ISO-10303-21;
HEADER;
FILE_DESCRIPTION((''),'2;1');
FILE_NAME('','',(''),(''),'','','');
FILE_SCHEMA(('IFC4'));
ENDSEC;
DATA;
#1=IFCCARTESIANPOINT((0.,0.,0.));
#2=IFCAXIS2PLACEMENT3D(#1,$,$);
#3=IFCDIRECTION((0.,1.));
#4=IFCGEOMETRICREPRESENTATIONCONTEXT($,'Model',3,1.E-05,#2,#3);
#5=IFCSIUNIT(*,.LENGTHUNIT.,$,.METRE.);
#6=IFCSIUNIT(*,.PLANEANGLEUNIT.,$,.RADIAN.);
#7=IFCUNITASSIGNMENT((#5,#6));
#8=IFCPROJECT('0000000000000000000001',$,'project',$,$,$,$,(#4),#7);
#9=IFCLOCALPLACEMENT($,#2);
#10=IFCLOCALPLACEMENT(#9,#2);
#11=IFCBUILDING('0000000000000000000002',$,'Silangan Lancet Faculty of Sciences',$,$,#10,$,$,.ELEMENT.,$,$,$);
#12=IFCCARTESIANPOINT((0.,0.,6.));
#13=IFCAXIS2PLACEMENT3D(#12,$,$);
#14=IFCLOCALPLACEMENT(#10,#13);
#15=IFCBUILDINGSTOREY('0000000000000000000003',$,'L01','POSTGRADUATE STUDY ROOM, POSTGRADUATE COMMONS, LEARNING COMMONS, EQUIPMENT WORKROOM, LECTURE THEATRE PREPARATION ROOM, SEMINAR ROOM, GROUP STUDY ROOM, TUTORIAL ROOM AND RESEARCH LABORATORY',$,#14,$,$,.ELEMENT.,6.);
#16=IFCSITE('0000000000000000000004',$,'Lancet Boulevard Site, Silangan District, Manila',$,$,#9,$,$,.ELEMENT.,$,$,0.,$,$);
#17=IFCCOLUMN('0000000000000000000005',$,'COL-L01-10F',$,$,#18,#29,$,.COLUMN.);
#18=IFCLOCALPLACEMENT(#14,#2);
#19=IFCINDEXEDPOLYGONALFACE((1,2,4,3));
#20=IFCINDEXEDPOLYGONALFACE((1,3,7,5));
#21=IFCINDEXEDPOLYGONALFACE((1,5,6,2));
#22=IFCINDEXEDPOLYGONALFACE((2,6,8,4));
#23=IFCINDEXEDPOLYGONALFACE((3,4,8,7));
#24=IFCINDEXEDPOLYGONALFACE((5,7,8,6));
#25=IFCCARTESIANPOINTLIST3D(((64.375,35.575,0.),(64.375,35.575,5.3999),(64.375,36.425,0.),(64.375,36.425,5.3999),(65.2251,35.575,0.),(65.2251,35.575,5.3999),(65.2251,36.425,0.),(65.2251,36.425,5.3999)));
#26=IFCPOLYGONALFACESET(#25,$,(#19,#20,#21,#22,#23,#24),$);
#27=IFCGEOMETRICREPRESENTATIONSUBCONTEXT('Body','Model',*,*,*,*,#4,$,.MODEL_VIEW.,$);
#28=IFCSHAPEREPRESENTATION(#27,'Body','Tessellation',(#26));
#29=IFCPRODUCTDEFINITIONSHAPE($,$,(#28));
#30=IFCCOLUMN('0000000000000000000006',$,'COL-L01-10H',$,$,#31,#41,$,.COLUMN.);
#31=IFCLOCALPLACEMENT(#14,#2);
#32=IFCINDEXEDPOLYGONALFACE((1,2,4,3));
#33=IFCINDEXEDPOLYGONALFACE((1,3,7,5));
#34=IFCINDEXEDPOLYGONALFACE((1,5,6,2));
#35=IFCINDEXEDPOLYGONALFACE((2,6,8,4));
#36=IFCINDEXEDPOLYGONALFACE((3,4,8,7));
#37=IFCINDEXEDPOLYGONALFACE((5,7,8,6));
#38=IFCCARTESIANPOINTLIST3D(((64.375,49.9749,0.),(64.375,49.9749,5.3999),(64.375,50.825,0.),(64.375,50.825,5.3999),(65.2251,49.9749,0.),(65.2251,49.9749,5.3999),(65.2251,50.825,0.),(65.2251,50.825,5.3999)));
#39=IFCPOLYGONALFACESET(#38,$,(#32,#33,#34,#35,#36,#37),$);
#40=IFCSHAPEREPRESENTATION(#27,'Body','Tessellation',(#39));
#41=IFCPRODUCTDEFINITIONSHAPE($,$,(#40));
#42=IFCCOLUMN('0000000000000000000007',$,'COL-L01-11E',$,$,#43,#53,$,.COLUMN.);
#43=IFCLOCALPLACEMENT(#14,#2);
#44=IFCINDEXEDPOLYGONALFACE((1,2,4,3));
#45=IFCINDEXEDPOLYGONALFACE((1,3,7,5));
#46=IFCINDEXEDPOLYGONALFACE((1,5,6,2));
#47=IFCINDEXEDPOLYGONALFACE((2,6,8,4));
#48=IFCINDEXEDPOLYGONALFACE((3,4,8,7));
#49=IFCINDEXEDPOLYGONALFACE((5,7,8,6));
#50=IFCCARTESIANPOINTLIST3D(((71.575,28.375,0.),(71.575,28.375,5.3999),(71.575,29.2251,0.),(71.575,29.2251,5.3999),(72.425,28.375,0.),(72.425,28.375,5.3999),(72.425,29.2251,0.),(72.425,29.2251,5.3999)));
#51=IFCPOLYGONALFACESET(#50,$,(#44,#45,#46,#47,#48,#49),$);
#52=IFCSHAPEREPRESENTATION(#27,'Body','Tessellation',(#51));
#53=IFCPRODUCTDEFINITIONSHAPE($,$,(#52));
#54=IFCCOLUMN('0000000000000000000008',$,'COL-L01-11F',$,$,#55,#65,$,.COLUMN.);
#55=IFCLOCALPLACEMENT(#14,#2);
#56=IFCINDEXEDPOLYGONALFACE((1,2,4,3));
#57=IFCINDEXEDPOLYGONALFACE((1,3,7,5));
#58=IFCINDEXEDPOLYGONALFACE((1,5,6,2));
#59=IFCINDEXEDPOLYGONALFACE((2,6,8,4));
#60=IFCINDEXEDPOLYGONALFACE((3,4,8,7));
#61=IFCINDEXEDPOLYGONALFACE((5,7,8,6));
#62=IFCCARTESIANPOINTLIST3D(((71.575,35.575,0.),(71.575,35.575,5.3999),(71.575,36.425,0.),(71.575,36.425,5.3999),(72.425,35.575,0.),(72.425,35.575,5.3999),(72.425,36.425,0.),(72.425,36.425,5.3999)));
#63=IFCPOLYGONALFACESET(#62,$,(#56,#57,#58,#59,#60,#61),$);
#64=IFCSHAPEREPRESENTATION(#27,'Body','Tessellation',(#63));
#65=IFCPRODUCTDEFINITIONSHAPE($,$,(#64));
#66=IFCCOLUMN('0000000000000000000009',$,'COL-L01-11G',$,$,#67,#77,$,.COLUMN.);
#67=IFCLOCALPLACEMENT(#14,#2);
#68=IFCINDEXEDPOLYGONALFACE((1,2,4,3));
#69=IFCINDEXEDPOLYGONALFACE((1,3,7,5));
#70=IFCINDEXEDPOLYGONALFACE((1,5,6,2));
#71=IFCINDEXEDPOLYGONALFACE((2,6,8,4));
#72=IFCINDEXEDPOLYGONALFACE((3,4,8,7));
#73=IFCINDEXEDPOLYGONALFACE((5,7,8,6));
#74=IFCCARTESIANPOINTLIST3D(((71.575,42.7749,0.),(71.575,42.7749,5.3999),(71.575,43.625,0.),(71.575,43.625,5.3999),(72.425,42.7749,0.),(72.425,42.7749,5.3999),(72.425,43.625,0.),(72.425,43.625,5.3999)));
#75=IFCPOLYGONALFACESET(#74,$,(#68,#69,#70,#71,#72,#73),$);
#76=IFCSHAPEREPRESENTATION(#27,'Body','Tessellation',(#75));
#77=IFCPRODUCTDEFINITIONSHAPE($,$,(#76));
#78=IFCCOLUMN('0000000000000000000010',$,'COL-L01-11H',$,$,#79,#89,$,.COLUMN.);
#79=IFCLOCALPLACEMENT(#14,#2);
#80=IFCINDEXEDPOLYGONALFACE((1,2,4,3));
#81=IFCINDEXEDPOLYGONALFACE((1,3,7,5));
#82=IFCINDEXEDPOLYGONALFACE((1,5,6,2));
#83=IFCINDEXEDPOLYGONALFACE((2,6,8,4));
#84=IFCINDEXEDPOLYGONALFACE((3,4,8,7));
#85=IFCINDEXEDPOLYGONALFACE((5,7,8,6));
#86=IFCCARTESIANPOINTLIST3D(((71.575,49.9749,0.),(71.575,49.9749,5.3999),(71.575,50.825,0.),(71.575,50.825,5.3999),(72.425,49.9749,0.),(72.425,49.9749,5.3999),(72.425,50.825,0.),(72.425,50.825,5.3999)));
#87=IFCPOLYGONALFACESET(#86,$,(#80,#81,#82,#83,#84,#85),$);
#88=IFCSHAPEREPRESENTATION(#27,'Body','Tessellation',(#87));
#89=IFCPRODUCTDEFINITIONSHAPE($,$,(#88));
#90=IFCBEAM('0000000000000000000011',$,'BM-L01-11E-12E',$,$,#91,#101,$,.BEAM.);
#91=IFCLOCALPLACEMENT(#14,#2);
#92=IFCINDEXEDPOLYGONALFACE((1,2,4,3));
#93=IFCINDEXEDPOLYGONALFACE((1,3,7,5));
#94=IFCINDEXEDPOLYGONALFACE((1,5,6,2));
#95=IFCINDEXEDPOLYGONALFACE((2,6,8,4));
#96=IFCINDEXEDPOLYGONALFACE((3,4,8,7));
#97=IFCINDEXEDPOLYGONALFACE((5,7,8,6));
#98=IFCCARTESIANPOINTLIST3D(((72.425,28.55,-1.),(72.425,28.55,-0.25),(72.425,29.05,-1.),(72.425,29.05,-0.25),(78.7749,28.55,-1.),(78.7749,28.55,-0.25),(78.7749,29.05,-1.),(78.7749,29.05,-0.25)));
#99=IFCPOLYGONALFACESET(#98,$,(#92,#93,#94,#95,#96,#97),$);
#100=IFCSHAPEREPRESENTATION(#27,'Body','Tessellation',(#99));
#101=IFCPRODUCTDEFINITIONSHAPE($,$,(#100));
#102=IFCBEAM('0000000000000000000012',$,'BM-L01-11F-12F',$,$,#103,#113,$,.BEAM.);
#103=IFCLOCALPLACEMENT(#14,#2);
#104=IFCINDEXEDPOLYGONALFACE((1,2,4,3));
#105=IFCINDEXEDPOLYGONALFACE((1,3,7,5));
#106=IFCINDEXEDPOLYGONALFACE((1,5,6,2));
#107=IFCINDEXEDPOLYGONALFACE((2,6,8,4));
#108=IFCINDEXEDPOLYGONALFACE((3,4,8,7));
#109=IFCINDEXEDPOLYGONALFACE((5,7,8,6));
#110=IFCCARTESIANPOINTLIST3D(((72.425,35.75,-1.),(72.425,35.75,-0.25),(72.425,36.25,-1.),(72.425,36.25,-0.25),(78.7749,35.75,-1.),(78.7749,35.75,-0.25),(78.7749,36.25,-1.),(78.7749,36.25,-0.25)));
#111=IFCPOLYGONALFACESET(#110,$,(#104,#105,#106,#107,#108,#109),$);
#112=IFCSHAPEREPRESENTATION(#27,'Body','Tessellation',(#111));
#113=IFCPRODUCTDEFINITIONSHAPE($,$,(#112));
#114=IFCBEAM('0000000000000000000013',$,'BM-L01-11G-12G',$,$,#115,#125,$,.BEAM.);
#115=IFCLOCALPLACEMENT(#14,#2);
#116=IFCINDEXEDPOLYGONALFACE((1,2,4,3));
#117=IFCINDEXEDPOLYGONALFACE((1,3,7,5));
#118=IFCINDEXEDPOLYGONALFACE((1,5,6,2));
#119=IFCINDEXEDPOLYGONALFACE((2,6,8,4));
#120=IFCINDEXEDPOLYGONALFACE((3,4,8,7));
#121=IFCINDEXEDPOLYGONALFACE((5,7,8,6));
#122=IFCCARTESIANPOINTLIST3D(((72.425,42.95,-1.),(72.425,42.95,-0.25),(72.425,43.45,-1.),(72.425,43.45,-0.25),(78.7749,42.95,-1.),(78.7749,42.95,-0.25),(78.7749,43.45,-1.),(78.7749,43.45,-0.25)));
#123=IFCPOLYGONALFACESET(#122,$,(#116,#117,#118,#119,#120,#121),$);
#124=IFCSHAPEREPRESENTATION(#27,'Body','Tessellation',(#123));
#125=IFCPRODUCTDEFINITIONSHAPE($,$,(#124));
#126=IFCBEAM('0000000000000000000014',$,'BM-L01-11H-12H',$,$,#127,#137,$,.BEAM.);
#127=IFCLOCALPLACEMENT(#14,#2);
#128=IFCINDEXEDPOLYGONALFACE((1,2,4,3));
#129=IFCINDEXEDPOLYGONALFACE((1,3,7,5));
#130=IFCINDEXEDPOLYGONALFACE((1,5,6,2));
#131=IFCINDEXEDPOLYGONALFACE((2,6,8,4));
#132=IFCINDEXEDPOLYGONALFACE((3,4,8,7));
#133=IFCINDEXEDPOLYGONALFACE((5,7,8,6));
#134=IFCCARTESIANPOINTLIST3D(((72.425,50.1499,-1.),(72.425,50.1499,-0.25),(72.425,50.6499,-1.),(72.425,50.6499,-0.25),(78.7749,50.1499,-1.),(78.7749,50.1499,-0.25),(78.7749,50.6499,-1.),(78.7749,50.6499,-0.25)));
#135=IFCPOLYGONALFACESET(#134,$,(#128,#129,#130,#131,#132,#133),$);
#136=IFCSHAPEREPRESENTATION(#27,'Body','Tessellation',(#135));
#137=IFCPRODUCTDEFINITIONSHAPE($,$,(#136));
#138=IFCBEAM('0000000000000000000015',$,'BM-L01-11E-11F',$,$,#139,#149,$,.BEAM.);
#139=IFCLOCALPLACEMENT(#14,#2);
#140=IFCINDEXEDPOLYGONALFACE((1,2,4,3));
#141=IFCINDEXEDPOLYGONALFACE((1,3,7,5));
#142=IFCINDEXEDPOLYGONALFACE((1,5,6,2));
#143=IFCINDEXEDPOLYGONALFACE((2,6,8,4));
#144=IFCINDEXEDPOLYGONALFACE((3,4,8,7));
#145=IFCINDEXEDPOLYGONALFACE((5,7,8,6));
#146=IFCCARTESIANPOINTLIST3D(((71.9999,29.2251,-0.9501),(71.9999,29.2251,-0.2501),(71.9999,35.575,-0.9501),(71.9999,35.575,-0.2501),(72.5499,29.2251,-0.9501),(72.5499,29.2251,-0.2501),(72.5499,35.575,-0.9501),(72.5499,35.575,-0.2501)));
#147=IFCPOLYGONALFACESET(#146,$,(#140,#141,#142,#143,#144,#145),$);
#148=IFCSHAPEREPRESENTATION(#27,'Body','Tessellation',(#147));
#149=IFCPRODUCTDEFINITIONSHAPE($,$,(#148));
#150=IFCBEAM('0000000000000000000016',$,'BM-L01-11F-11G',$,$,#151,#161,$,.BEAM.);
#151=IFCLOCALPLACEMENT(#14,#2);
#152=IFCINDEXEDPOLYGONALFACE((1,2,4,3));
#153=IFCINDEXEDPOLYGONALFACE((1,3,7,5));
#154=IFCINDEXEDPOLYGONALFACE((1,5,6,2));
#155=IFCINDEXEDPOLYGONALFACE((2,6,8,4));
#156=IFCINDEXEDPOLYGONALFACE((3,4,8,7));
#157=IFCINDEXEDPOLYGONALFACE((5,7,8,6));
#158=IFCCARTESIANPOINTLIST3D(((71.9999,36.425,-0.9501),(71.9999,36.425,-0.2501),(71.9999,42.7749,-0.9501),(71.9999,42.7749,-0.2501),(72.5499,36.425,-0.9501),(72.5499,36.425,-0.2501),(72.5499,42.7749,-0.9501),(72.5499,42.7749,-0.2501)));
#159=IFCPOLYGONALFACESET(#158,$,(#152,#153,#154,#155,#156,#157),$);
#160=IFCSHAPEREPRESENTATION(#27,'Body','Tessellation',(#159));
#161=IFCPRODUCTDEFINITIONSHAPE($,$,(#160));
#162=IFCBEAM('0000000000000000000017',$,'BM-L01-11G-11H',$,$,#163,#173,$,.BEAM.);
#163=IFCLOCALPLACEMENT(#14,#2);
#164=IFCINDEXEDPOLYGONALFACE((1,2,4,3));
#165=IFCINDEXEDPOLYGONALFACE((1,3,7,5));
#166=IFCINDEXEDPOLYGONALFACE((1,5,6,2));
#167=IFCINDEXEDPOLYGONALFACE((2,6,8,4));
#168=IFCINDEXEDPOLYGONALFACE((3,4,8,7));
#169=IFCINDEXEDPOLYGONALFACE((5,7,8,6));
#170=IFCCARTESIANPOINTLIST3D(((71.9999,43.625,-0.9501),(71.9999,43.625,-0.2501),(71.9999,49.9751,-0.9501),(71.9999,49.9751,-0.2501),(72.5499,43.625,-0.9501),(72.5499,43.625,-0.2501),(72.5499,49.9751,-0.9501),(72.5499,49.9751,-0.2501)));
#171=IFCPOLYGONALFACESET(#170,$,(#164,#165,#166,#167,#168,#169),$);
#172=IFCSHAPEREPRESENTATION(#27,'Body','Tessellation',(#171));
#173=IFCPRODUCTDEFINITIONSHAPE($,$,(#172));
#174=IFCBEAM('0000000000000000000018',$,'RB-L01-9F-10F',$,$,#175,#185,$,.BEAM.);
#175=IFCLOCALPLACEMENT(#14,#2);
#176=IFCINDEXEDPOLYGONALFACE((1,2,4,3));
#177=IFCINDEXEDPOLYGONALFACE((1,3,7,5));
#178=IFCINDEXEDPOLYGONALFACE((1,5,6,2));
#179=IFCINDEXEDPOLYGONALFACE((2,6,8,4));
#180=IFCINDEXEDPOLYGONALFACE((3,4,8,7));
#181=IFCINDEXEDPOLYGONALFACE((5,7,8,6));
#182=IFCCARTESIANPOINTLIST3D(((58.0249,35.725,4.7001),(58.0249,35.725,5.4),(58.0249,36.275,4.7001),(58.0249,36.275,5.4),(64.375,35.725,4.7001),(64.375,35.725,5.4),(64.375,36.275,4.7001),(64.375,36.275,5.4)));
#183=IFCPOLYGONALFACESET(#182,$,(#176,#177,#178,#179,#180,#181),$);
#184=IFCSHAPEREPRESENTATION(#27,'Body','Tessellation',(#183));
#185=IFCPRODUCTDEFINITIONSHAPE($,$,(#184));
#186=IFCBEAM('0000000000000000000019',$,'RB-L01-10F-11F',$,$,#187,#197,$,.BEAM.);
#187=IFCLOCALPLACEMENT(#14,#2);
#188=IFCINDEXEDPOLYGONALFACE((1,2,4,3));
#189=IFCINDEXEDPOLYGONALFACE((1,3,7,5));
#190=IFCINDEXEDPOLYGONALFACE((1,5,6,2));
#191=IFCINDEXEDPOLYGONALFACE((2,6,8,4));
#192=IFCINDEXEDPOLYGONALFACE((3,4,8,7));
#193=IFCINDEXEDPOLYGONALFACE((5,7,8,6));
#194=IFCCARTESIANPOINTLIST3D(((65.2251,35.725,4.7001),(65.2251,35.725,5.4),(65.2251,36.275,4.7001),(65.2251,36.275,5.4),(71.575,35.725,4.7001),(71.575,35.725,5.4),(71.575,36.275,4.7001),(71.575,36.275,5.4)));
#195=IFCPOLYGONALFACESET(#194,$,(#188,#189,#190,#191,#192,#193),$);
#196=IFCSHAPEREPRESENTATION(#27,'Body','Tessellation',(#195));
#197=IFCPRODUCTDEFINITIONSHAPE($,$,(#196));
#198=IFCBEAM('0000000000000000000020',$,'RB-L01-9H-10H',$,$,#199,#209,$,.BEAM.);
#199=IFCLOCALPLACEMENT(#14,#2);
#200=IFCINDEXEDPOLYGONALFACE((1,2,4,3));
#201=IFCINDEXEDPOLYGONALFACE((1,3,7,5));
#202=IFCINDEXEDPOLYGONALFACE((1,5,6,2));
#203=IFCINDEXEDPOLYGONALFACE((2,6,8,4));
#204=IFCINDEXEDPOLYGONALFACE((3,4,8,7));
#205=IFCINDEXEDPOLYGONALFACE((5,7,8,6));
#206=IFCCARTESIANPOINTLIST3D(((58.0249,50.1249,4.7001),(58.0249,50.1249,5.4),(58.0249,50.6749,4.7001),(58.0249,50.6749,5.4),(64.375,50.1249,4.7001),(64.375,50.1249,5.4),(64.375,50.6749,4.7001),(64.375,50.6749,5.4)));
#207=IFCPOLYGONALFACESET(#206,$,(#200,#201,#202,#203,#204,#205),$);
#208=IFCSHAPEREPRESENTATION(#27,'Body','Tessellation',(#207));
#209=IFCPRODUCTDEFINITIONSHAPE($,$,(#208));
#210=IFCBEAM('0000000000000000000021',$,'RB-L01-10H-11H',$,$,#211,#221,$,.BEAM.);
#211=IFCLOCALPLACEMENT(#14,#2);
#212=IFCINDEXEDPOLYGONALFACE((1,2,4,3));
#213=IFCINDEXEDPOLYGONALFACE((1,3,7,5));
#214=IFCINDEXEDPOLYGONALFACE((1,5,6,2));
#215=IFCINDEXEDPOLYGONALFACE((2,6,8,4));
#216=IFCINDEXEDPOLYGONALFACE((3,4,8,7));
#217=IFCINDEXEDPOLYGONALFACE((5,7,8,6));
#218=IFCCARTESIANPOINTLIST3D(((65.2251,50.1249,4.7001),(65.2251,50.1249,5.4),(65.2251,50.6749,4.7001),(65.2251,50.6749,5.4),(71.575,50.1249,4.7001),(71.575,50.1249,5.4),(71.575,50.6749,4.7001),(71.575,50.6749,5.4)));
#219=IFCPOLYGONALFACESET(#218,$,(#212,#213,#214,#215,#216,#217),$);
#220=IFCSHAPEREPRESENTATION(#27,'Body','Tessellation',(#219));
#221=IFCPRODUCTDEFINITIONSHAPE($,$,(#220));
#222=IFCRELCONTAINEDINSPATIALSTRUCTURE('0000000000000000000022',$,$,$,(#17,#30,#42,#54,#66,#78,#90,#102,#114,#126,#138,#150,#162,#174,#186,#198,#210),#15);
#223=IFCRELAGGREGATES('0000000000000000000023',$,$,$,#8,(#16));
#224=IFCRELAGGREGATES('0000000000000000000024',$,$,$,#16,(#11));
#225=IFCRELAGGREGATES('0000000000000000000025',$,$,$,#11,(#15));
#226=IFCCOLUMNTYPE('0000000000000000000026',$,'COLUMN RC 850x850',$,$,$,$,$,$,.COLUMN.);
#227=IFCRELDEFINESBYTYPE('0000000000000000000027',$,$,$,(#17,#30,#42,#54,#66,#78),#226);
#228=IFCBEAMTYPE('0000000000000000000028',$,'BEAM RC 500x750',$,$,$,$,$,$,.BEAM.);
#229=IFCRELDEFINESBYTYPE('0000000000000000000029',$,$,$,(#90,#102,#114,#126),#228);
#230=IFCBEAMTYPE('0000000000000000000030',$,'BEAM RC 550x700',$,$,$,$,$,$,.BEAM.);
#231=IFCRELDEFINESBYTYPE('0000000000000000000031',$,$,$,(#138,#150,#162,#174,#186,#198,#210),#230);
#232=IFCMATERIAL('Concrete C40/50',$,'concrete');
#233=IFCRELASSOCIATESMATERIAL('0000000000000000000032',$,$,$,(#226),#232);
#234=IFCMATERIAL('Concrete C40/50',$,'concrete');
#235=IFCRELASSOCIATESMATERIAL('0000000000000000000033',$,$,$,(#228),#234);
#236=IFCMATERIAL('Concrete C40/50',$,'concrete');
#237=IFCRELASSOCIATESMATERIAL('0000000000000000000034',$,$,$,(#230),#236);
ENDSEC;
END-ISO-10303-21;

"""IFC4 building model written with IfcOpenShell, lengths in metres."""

from ifc_helpers import new_model, si_unit, direction, frame, origin, origin_2d, place, context, subcontext, project, spatial, rectangle, extrude, material, material_profile, profile_set, type_object, element, save


model = new_model("IFC4")

# Units and contexts
model_context = context("Model", 3, precision=1e-05, world=origin(), true_north=direction((0.0, 1.0)))
body_context = subcontext(model_context, "Body", "Model", "MODEL_VIEW")
ifc_project = project(units=[si_unit("LENGTHUNIT", "METRE"), si_unit("PLANEANGLEUNIT", "RADIAN")], contexts=[model_context])

# Site, building, storey
site_placement = place(None, origin())
site = spatial("IfcSite", under=ifc_project, at=site_placement, Name="Lancet Boulevard Site, Silangan District, Manila", CompositionType="ELEMENT", RefElevation=0.0)
building_placement = place(site_placement, origin())
building = spatial("IfcBuilding", under=site, at=building_placement, Name="Silangan Lancet Faculty of Sciences", CompositionType="ELEMENT")
storey_placement = place(building_placement, frame((0.0, 0.0, 6.0)))
storey = spatial("IfcBuildingStorey", under=building, at=storey_placement, Name="L01", Description="POSTGRADUATE STUDY ROOM, POSTGRADUATE COMMONS, LEARNING COMMONS, EQUIPMENT WORKROOM, LECTURE THEATRE PREPARATION ROOM, SEMINAR ROOM, GROUP STUDY ROOM, TUTORIAL ROOM AND RESEARCH LABORATORY", CompositionType="ELEMENT", Elevation=6.0)

# Columns
ifc_material_1 = material(Name="Concrete C40/50", Category="concrete")
ifc_material_profile_1 = material_profile(ifc_material_1, rectangle(XDim=0.8501, YDim=0.8501, at=origin_2d()), Name="RC 850x850")
ifc_profile_set_1 = profile_set([ifc_material_profile_1], Name="Concrete C40/50")
column_type = type_object("IfcColumnType", Name="COLUMN RC 850x850", PredefinedType="COLUMN", material=ifc_profile_set_1)
for number, where, z_axis, x_axis, name in (
    (1, (64.8, 36.0, 0.0), (0.0, 0.0, 1.0), (1.0, 0.0, 0.0), "COL-L01-10F"),
    (2, (64.8, 50.3999, 0.0), (0.0, 0.0, 1.0), (1.0, 0.0, 0.0), "COL-L01-10H"),
    (3, (72.0, 28.8, 0.0), (0.0, 0.0, 1.0), (1.0, 0.0, 0.0), "COL-L01-11E"),
    (4, (72.0, 36.0, 0.0), (0.0, 0.0, 1.0), (1.0, 0.0, 0.0), "COL-L01-11F"),
    (5, (72.0, 43.2, 0.0), (0.0, 0.0, 1.0), (1.0, 0.0, 0.0), "COL-L01-11G"),
    (6, (72.0, 50.3999, 0.0), (0.0, 0.0, 1.0), (1.0, 0.0, 0.0), "COL-L01-11H"),
):
    element("IfcColumn", number, at=place(storey_placement, frame(where, z_axis=z_axis, x_axis=x_axis)), inside=storey, type_object=column_type, Name=name, PredefinedType="COLUMN", context=body_context, shape_type="SweptSolid", body=[
        extrude(rectangle(XDim=0.8501, YDim=0.8501, at=origin_2d()), origin(), (0.0, 0.0, 1.0), 5.3999),
    ])

# Beams
ifc_material_2 = material(Name="Concrete C40/50", Category="concrete")
ifc_material_profile_2 = material_profile(ifc_material_2, rectangle(XDim=0.5, YDim=0.75, at=origin_2d()), Name="RC 500x750")
ifc_profile_set_2 = profile_set([ifc_material_profile_2], Name="Concrete C40/50")
beam_type_1 = type_object("IfcBeamType", Name="BEAM RC 500x750", PredefinedType="BEAM", material=ifc_profile_set_2)
for number, where, z_axis, x_axis, name in (
    (7, (72.425, 28.8, -0.625), (1.0, 0.0, 0.0), (0.0, 1.0, 0.0), "BM-L01-11E-12E"),
    (8, (72.425, 36.0, -0.625), (1.0, 0.0, 0.0), (0.0, 1.0, 0.0), "BM-L01-11F-12F"),
    (9, (72.425, 43.2, -0.625), (1.0, 0.0, 0.0), (0.0, 1.0, 0.0), "BM-L01-11G-12G"),
    (10, (72.425, 50.3999, -0.625), (1.0, 0.0, 0.0), (0.0, 1.0, 0.0), "BM-L01-11H-12H"),
):
    element("IfcBeam", number, at=place(storey_placement, frame(where, z_axis=z_axis, x_axis=x_axis)), inside=storey, type_object=beam_type_1, Name=name, PredefinedType="BEAM", context=body_context, shape_type="SweptSolid", body=[
        extrude(rectangle(XDim=0.5, YDim=0.75, at=origin_2d()), origin(), (0.0, 0.0, 1.0), 6.3499),
    ])
ifc_material_3 = material(Name="Concrete C40/50", Category="concrete")
ifc_material_profile_3 = material_profile(ifc_material_3, rectangle(XDim=0.55, YDim=0.7, at=origin_2d()), Name="RC 550x700")
ifc_profile_set_3 = profile_set([ifc_material_profile_3], Name="Concrete C40/50")
beam_type_2 = type_object("IfcBeamType", Name="BEAM RC 550x700", PredefinedType="BEAM", material=ifc_profile_set_3)
for number, where, z_axis, x_axis, name in (
    (11, (72.2749, 29.2251, -0.6001), (0.0, 1.0, 0.0), (-1.0, 0.0, 0.0), "BM-L01-11E-11F"),
    (12, (72.2749, 36.425, -0.6001), (0.0, 1.0, 0.0), (-1.0, 0.0, 0.0), "BM-L01-11F-11G"),
):
    element("IfcBeam", number, at=place(storey_placement, frame(where, z_axis=z_axis, x_axis=x_axis)), inside=storey, type_object=beam_type_2, Name=name, PredefinedType="BEAM", context=body_context, shape_type="SweptSolid", body=[
        extrude(rectangle(XDim=0.55, YDim=0.7, at=origin_2d()), origin(), (0.0, 0.0, 1.0), 6.3499),
    ])
for number, where, z_axis, x_axis, name in (
    (13, (72.2749, 43.625, -0.6001), (0.0, 1.0, 0.0), (-1.0, 0.0, 0.0), "BM-L01-11G-11H"),
    (14, (58.0249, 36.0, 5.05), (1.0, 0.0, 0.0), (0.0, 1.0, 0.0), "RB-L01-9F-10F"),
):
    element("IfcBeam", number, at=place(storey_placement, frame(where, z_axis=z_axis, x_axis=x_axis)), inside=storey, type_object=beam_type_2, Name=name, PredefinedType="BEAM", context=body_context, shape_type="SweptSolid", body=[
        extrude(rectangle(XDim=0.55, YDim=0.7, at=origin_2d()), origin(), (0.0, 0.0, 1.0), 6.3501),
    ])
beam_1_placement = place(storey_placement, frame((65.2251, 36.0, 5.05), z_axis=(1.0, 0.0, 0.0), x_axis=(0.0, 1.0, 0.0)))
element("IfcBeam", 15, at=beam_1_placement, inside=storey, type_object=beam_type_2, Name="RB-L01-10F-11F", PredefinedType="BEAM", context=body_context, shape_type="SweptSolid", body=[
    extrude(rectangle(XDim=0.55, YDim=0.7, at=origin_2d()), origin(), (0.0, 0.0, 1.0), 6.3499),
])
beam_2_placement = place(storey_placement, frame((58.0249, 50.3999, 5.05), z_axis=(1.0, 0.0, 0.0), x_axis=(0.0, 1.0, 0.0)))
element("IfcBeam", 16, at=beam_2_placement, inside=storey, type_object=beam_type_2, Name="RB-L01-9H-10H", PredefinedType="BEAM", context=body_context, shape_type="SweptSolid", body=[
    extrude(rectangle(XDim=0.55, YDim=0.7, at=origin_2d()), origin(), (0.0, 0.0, 1.0), 6.3501),
])
beam_3_placement = place(storey_placement, frame((65.2251, 50.3999, 5.05), z_axis=(1.0, 0.0, 0.0), x_axis=(0.0, 1.0, 0.0)))
element("IfcBeam", 17, at=beam_3_placement, inside=storey, type_object=beam_type_2, Name="RB-L01-10H-11H", PredefinedType="BEAM", context=body_context, shape_type="SweptSolid", body=[
    extrude(rectangle(XDim=0.55, YDim=0.7, at=origin_2d()), origin(), (0.0, 0.0, 1.0), 6.3499),
])

save(model, "model.ifc")
